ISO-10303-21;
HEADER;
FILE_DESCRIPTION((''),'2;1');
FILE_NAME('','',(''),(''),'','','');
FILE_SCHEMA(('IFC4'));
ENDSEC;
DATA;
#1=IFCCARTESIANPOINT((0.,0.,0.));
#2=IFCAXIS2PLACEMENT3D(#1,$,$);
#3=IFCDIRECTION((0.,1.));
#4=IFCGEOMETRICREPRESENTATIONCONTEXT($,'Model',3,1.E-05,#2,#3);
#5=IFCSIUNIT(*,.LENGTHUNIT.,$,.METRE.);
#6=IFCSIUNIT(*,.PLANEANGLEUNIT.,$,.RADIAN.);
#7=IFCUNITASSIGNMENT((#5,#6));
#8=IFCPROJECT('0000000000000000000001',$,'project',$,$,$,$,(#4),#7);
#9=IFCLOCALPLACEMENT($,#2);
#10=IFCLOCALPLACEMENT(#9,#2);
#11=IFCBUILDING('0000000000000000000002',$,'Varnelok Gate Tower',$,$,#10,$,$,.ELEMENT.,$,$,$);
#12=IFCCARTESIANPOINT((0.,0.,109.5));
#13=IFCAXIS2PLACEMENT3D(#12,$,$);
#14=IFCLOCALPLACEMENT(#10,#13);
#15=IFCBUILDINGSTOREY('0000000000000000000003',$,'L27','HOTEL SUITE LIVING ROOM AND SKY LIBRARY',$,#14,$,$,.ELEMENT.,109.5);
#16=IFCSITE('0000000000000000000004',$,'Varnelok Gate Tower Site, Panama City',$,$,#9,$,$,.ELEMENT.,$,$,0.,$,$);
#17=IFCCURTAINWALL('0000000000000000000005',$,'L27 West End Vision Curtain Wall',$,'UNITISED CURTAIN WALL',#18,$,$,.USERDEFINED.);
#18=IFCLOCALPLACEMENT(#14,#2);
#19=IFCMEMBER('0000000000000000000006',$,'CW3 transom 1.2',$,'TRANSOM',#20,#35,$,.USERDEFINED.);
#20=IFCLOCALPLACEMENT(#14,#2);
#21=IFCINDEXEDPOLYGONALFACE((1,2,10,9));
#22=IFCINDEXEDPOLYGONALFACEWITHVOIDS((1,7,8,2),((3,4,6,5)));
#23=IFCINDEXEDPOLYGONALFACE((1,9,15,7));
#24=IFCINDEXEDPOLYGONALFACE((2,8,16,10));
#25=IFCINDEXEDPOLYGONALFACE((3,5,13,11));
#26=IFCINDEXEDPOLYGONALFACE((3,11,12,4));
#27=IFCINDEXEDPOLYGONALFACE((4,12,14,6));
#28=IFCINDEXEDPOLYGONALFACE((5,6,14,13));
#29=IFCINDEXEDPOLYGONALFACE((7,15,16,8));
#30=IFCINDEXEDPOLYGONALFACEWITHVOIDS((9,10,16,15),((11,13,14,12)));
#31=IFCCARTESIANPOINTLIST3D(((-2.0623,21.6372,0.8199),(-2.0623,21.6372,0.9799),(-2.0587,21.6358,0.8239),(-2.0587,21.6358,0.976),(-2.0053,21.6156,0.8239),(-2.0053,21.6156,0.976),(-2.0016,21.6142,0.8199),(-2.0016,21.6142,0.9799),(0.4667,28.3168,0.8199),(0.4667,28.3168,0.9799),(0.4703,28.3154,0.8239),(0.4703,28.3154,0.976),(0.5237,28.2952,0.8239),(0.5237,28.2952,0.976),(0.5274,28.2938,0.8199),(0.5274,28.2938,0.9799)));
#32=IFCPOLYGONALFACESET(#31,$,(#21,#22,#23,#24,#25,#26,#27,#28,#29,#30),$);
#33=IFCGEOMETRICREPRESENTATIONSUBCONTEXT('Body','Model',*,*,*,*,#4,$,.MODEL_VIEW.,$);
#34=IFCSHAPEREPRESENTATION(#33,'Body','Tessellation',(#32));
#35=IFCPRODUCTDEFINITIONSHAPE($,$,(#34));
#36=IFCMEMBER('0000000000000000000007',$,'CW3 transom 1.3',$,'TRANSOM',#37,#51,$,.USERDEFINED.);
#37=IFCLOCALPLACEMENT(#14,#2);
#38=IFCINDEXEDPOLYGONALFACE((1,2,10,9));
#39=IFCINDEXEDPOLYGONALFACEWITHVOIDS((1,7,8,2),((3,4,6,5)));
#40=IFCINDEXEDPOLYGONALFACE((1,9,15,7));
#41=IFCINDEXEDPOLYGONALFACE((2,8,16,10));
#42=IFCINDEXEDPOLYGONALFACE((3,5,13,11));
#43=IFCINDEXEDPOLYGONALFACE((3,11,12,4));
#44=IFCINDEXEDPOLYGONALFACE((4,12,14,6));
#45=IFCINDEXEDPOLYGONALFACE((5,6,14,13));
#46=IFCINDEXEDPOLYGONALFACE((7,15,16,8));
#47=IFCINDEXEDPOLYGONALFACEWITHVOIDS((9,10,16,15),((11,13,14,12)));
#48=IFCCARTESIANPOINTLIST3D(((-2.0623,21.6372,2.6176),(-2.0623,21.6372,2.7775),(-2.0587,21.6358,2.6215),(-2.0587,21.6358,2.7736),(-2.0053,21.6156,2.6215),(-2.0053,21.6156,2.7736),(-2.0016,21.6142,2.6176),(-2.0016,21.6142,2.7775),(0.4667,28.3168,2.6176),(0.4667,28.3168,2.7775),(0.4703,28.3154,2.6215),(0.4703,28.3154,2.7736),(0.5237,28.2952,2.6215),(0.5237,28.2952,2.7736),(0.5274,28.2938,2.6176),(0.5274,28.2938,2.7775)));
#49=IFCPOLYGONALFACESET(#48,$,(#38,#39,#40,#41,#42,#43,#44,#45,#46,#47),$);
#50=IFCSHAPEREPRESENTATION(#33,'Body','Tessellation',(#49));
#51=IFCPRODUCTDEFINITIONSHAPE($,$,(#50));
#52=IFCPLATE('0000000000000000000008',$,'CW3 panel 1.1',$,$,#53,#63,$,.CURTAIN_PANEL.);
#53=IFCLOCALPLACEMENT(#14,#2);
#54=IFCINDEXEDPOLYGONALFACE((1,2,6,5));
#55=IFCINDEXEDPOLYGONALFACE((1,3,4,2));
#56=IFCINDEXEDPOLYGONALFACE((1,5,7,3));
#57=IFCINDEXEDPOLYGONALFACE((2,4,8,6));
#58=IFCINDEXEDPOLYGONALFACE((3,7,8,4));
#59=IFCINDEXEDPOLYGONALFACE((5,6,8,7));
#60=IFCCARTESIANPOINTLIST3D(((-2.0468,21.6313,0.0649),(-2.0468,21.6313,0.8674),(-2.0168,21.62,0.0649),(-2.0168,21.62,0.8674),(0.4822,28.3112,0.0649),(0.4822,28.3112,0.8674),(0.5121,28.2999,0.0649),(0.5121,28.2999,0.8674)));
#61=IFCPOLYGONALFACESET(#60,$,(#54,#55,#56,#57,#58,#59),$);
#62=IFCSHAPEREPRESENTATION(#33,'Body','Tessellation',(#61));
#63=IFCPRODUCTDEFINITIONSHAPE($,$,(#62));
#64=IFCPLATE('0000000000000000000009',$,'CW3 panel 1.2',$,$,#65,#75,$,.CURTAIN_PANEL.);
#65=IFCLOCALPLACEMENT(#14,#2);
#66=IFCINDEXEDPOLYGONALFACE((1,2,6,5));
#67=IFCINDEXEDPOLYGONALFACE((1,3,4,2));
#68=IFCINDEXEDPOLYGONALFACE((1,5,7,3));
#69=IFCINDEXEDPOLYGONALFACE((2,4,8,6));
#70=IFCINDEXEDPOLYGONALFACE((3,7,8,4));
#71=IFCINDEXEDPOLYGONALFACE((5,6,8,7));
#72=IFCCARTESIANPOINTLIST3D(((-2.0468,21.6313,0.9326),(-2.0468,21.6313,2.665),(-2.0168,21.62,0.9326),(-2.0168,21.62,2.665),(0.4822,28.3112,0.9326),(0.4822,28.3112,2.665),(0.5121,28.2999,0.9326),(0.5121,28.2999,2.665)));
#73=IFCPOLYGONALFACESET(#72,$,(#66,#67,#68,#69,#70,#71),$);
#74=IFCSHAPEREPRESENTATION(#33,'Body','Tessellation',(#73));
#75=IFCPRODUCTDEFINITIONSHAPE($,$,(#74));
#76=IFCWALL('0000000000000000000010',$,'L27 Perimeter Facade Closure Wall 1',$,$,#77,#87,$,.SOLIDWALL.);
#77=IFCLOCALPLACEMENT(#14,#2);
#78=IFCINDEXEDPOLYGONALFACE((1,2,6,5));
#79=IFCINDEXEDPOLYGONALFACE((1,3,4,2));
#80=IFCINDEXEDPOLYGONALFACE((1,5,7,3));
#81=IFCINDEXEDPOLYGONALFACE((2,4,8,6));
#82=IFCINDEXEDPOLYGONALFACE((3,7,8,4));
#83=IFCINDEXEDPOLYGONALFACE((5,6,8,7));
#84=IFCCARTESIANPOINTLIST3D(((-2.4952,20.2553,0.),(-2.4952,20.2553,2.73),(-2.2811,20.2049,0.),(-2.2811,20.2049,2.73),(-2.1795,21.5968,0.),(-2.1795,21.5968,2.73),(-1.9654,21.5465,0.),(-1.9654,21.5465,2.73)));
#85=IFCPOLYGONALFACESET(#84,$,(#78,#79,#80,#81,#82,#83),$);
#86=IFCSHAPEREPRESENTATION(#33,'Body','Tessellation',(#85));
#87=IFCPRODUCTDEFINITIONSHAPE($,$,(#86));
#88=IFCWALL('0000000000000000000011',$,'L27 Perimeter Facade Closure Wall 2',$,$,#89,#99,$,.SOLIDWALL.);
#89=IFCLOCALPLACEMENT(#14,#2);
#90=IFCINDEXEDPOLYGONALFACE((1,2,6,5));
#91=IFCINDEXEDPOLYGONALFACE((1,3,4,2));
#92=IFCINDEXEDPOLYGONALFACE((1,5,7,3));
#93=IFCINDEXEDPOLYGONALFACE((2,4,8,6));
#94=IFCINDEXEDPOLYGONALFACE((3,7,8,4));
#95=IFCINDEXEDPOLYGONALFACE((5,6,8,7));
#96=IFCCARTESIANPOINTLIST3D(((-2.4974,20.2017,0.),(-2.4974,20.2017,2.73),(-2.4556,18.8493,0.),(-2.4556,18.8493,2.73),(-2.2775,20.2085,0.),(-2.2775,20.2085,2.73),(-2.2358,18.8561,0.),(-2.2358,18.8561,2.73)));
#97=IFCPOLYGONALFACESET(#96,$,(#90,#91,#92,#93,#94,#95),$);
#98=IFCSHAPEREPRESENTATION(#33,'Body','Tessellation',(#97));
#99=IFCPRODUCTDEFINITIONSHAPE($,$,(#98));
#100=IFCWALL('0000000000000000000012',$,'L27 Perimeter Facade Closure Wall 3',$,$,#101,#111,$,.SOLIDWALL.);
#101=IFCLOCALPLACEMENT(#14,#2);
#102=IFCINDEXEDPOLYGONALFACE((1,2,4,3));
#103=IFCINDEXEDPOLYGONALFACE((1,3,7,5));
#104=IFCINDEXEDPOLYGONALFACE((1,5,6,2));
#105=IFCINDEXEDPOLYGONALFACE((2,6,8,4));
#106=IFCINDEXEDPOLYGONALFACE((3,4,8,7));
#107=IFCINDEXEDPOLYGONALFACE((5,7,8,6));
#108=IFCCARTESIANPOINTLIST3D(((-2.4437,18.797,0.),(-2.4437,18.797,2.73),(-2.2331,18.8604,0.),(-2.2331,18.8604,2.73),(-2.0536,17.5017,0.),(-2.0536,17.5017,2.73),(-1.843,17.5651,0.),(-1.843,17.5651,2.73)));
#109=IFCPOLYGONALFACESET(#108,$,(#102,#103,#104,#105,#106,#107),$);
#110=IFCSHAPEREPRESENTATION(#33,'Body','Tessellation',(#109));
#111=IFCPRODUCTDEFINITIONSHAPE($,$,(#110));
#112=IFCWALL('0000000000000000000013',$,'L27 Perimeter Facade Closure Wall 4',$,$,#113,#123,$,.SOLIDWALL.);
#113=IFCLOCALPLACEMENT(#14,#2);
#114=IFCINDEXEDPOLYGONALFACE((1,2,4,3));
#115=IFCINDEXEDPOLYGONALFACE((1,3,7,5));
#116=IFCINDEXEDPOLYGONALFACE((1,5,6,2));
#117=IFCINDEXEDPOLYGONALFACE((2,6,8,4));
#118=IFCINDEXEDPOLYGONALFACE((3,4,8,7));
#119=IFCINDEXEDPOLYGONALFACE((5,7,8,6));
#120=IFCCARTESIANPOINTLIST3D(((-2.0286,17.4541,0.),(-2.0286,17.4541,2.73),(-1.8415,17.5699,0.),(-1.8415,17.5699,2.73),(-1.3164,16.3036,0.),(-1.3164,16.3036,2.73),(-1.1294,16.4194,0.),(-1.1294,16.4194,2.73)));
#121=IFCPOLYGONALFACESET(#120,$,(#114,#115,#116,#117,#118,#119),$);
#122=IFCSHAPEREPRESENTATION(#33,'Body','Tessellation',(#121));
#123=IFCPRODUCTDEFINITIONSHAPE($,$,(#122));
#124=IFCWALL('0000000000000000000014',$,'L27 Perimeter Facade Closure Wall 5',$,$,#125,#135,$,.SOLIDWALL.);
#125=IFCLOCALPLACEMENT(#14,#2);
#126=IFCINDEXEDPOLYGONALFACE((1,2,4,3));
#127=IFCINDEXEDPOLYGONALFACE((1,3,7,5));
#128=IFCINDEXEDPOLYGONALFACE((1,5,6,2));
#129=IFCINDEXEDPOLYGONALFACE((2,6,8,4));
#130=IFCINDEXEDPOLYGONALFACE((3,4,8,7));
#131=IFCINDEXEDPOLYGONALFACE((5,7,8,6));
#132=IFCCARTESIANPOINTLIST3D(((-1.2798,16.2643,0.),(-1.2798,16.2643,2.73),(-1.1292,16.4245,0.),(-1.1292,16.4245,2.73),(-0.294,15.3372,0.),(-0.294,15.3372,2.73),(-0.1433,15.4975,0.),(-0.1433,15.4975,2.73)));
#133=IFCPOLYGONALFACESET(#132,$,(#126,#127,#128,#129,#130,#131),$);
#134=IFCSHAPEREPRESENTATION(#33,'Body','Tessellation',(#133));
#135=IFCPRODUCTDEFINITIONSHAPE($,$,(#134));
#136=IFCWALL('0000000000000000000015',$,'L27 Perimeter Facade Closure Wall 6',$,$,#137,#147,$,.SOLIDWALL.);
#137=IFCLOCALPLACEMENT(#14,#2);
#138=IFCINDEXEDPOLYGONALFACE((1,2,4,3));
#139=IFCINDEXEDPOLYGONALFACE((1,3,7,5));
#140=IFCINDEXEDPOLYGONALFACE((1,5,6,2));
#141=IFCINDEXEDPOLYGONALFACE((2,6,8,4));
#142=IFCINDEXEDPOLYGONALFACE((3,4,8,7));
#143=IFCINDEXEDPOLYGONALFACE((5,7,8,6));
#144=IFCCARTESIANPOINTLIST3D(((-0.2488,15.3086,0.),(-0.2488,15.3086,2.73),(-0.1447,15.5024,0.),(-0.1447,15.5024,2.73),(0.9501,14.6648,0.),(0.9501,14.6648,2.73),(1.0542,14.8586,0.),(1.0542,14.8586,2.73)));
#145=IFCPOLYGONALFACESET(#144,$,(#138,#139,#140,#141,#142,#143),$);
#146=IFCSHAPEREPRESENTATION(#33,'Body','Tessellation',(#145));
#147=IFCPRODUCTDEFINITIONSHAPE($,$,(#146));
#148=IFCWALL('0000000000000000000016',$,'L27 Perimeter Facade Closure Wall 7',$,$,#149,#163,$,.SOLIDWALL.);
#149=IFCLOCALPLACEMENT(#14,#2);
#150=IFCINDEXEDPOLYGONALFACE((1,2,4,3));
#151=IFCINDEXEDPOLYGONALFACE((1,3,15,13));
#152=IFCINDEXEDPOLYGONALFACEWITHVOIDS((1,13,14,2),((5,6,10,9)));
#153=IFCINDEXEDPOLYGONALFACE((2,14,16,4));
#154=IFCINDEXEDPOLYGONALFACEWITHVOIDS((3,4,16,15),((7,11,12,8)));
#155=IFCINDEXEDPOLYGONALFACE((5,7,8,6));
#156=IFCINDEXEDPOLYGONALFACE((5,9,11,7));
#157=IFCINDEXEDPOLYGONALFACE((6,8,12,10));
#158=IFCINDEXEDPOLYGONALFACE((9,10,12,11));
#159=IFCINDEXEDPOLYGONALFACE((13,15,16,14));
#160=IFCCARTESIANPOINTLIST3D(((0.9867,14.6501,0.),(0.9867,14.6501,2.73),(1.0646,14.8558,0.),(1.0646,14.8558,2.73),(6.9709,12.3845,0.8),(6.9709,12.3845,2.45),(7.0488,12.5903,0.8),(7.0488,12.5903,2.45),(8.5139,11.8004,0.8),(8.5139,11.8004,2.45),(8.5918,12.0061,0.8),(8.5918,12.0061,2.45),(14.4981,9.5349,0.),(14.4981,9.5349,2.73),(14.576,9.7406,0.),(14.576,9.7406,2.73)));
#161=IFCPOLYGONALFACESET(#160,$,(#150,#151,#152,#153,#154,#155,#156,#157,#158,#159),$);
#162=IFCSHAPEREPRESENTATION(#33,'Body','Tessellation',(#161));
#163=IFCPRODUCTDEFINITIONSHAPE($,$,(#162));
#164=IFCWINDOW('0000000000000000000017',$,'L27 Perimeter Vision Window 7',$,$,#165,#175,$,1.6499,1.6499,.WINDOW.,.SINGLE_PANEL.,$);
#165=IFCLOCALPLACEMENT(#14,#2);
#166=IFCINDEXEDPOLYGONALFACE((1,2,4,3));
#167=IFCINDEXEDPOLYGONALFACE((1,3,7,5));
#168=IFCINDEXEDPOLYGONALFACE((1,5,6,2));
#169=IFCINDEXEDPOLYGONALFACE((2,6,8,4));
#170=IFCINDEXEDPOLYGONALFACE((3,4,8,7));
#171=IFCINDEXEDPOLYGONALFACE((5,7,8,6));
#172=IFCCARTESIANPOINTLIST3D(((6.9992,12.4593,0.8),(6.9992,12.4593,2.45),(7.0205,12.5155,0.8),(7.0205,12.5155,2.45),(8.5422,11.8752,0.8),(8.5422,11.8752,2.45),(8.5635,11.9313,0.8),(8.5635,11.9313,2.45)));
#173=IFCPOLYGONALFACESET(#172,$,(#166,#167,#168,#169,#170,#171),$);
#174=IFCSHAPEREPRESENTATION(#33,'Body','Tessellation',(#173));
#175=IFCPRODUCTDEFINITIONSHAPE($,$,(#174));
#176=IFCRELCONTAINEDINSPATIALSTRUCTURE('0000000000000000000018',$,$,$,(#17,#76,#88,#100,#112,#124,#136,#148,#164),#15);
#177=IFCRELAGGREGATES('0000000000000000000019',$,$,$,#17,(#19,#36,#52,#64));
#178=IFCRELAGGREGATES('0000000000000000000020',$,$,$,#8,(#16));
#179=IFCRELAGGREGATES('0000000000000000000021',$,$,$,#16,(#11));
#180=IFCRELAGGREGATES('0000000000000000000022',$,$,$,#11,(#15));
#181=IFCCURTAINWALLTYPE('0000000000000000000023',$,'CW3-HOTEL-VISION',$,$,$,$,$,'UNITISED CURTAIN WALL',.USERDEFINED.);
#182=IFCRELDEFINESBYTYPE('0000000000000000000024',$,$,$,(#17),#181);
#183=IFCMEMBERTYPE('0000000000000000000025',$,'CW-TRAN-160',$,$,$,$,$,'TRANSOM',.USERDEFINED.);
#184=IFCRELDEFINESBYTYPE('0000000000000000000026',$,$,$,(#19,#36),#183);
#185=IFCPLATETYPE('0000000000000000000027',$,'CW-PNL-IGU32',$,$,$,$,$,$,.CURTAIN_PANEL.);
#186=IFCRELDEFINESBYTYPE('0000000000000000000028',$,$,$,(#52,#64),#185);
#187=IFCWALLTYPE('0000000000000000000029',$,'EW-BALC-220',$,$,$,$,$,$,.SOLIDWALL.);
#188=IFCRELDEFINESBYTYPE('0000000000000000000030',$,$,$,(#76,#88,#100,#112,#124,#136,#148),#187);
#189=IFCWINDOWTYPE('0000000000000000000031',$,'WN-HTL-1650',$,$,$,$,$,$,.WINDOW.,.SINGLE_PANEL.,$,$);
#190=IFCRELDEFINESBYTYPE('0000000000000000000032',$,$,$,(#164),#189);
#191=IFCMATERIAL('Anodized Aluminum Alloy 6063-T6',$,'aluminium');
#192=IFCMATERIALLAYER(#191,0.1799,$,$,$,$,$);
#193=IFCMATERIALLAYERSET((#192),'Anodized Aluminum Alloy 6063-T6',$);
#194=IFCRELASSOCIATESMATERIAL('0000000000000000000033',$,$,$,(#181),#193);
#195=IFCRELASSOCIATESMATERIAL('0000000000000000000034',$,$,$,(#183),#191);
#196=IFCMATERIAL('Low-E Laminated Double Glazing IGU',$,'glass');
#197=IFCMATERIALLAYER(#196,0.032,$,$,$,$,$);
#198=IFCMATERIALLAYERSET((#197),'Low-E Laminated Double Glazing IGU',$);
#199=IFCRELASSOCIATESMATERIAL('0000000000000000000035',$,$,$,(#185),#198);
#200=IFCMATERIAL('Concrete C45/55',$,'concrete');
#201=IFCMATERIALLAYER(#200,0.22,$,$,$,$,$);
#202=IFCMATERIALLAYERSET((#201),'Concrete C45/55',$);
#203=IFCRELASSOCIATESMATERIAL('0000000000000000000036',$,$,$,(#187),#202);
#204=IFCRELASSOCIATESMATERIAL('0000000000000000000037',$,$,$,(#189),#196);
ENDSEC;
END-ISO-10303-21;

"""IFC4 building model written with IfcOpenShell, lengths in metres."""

from ifc_helpers import new_model, si_unit, direction, frame, frame_2d, origin, origin_2d, place, context, subcontext, project, spatial, rectangle, hollow_rectangle, extrude, source, transform, mapped, material, layer, layer_set, material_profile, profile_set, type_object, element, fill, aggregate, save


model = new_model("IFC4")

# Units and contexts
model_context = context("Model", 3, precision=1e-05, world=origin(), true_north=direction((0.0, 1.0)))
body_context = subcontext(model_context, "Body", "Model", "MODEL_VIEW")
ifc_project = project(units=[si_unit("LENGTHUNIT", "METRE"), si_unit("PLANEANGLEUNIT", "RADIAN")], contexts=[model_context])

# Site, building, storey
site_placement = place(None, origin())
site = spatial("IfcSite", under=ifc_project, at=site_placement, Name="Varnelok Gate Tower Site, Panama City", CompositionType="ELEMENT", RefElevation=0.0)
building_placement = place(site_placement, origin())
building = spatial("IfcBuilding", under=site, at=building_placement, Name="Varnelok Gate Tower", CompositionType="ELEMENT")
storey_placement = place(building_placement, frame((0.0, 0.0, 109.5)))
storey = spatial("IfcBuildingStorey", under=building, at=storey_placement, Name="L27", Description="HOTEL SUITE LIVING ROOM AND SKY LIBRARY", CompositionType="ELEMENT", Elevation=109.5)

# Curtain wall, members, plates
ifc_material_1 = material(Name="Anodized Aluminum Alloy 6063-T6", Category="aluminium")
ifc_layer_1 = layer(ifc_material_1, 0.1799)
ifc_layer_set_1 = layer_set([ifc_layer_1], Name="Anodized Aluminum Alloy 6063-T6")
curtain_wall_type = type_object("IfcCurtainWallType", Name="CW3-HOTEL-VISION", ElementType="UNITISED CURTAIN WALL", PredefinedType="USERDEFINED", material=ifc_layer_set_1)
curtain_wall_placement = place(storey_placement, origin())
curtain_wall = element("IfcCurtainWall", 1, at=curtain_wall_placement, inside=storey, type_object=curtain_wall_type, Name="L27 West End Vision Curtain Wall", ObjectType="UNITISED CURTAIN WALL", PredefinedType="USERDEFINED")
ifc_material_profile_1 = material_profile(ifc_material_1, hollow_rectangle(XDim=0.0649, YDim=0.1599, WallThickness=0.0039, at=origin_2d()), Name="ALU160X65X4")
ifc_profile_set_1 = profile_set([ifc_material_profile_1], Name="Anodized Aluminum Alloy 6063-T6")
member_type_1 = type_object("IfcMemberType", Name="CW-TRAN-160", ElementType="TRANSOM", PredefinedType="USERDEFINED", material=ifc_profile_set_1)
member_1_placement = place(storey_placement, frame((-2.032, 21.6257, 0.8999), z_axis=(0.354088, 0.935212, 0.0), x_axis=(-0.935212, 0.354088, 0.0)))
member_1 = element("IfcMember", 2, at=member_1_placement, type_object=member_type_1, Name="CW3 transom 1.2", ObjectType="TRANSOM", PredefinedType="USERDEFINED", context=body_context, shape_type="SweptSolid", body=[
    extrude(hollow_rectangle(XDim=0.0649, YDim=0.1599, WallThickness=0.0039, at=origin_2d()), origin(), (0.0, 0.0, 1.0), 7.1423),
])
member_2_placement = place(storey_placement, frame((-2.032, 21.6257, 2.6975), z_axis=(0.354088, 0.935212, 0.0), x_axis=(-0.935212, 0.354088, 0.0)))
member_2 = element("IfcMember", 3, at=member_2_placement, type_object=member_type_1, Name="CW3 transom 1.3", ObjectType="TRANSOM", PredefinedType="USERDEFINED", context=body_context, shape_type="SweptSolid", body=[
    extrude(hollow_rectangle(XDim=0.0649, YDim=0.1599, WallThickness=0.0039, at=origin_2d()), origin(), (0.0, 0.0, 1.0), 7.1423),
])
ifc_material_2 = material(Name="Low-E Laminated Double Glazing IGU", Category="glass")
ifc_layer_2 = layer(ifc_material_2, 0.032)
ifc_layer_set_2 = layer_set([ifc_layer_2], Name="Low-E Laminated Double Glazing IGU")
plate_type = type_object("IfcPlateType", Name="CW-PNL-IGU32", PredefinedType="CURTAIN_PANEL", material=ifc_layer_set_2)
shared_shape_1 = source(origin(), body_context, "Body", "SweptSolid", [
    extrude(rectangle(XDim=7.1426, YDim=0.032, at=origin_2d()), origin(), (0.0, 0.0, 1.0), 0.8025),
])
plate_1_placement = place(storey_placement, frame((-0.7673, 24.9656, 0.0649), z_axis=(0.0, 0.0, 1.0), x_axis=(0.354064, 0.935221, 0.0)))
plate_1 = element("IfcPlate", 4, at=plate_1_placement, type_object=plate_type, Name="CW3 panel 1.1", PredefinedType="CURTAIN_PANEL", context=body_context, shape_type="MappedRepresentation", body=[
    mapped(shared_shape_1, transform((0.0, 0.0, 0.0), scale=1.0)),
])
shared_shape_2 = source(origin(), body_context, "Body", "SweptSolid", [
    extrude(rectangle(XDim=7.1426, YDim=0.032, at=origin_2d()), origin(), (0.0, 0.0, 1.0), 1.7324),
])
plate_2_placement = place(storey_placement, frame((-0.7673, 24.9656, 0.9326), z_axis=(0.0, 0.0, 1.0), x_axis=(0.354064, 0.935221, 0.0)))
plate_2 = element("IfcPlate", 5, at=plate_2_placement, type_object=plate_type, Name="CW3 panel 1.2", PredefinedType="CURTAIN_PANEL", context=body_context, shape_type="MappedRepresentation", body=[
    mapped(shared_shape_2, transform((0.0, 0.0, 0.0), scale=1.0)),
])
aggregate(curtain_wall, [member_1, member_2, plate_1, plate_2])

# Walls
ifc_material_3 = material(Name="Concrete C45/55", Category="concrete")
ifc_layer_3 = layer(ifc_material_3, 0.22)
ifc_layer_set_3 = layer_set([ifc_layer_3], Name="Concrete C45/55")
wall_type_1 = type_object("IfcWallType", Name="EW-BALC-220", PredefinedType="SOLIDWALL", material=ifc_layer_set_3)
wall_1_placement = place(storey_placement, frame((-2.0725, 21.5715, 0.0), z_axis=(0.0, 0.0, 1.0), x_axis=(-0.229049, -0.973415, 0.0)))
element("IfcWall", 6, at=wall_1_placement, inside=storey, type_object=wall_type_1, Name="L27 Perimeter Facade Closure Wall 1", PredefinedType="SOLIDWALL", context=body_context, shape_type="SweptSolid", body=[
    extrude(rectangle(XDim=1.3782, YDim=0.22, at=frame_2d((0.689, 0.0))), origin(), (0.0, 0.0, 1.0), 2.73),
])
wall_2_placement = place(storey_placement, frame((-2.3875, 20.2051, 0.0), z_axis=(0.0, 0.0, 1.0), x_axis=(0.030857, -0.999524, 0.0)))
element("IfcWall", 7, at=wall_2_placement, inside=storey, type_object=wall_type_1, Name="L27 Perimeter Facade Closure Wall 2", PredefinedType="SOLIDWALL", context=body_context, shape_type="SweptSolid", body=[
    extrude(rectangle(XDim=1.353, YDim=0.22, at=frame_2d((0.6765, 0.0))), origin(), (0.0, 0.0, 1.0), 2.73),
])
wall_3_placement = place(storey_placement, frame((-2.3384, 18.8286, 0.0), z_axis=(0.0, 0.0, 1.0), x_axis=(0.288374, -0.957518, 0.0)))
element("IfcWall", 8, at=wall_3_placement, inside=storey, type_object=wall_type_1, Name="L27 Perimeter Facade Closure Wall 3", PredefinedType="SOLIDWALL", context=body_context, shape_type="SweptSolid", body=[
    extrude(rectangle(XDim=1.3528, YDim=0.22, at=frame_2d((0.6763, 0.0))), origin(), (0.0, 0.0, 1.0), 2.73),
])
wall_4_placement = place(storey_placement, frame((-1.9351, 17.512, 0.0), z_axis=(0.0, 0.0, 1.0), x_axis=(0.526361, -0.850261, 0.0)))
element("IfcWall", 9, at=wall_4_placement, inside=storey, type_object=wall_type_1, Name="L27 Perimeter Facade Closure Wall 4", PredefinedType="SOLIDWALL", context=body_context, shape_type="SweptSolid", body=[
    extrude(rectangle(XDim=1.353, YDim=0.22, at=frame_2d((0.6765, 0.0))), origin(), (0.0, 0.0, 1.0), 2.73),
])
wall_5_placement = place(storey_placement, frame((-1.2046, 16.3445, 0.0), z_axis=(0.0, 0.0, 1.0), x_axis=(0.728512, -0.685033, 0.0)))
element("IfcWall", 10, at=wall_5_placement, inside=storey, type_object=wall_type_1, Name="L27 Perimeter Facade Closure Wall 5", PredefinedType="SOLIDWALL", context=body_context, shape_type="SweptSolid", body=[
    extrude(rectangle(XDim=1.3533, YDim=0.22, at=frame_2d((0.6768, 0.0))), origin(), (0.0, 0.0, 1.0), 2.73),
])
wall_6_placement = place(storey_placement, frame((-0.1968, 15.4055, 0.0), z_axis=(0.0, 0.0, 1.0), x_axis=(0.881024, -0.473072, 0.0)))
element("IfcWall", 11, at=wall_6_placement, inside=storey, type_object=wall_type_1, Name="L27 Perimeter Facade Closure Wall 6", PredefinedType="SOLIDWALL", context=body_context, shape_type="SweptSolid", body=[
    extrude(rectangle(XDim=1.3608, YDim=0.22, at=frame_2d((0.6804, 0.0))), origin(), (0.0, 0.0, 1.0), 2.73),
])

# Wall, opening, window
wall_7_placement = place(storey_placement, frame((1.0256, 14.7529, 0.0), z_axis=(0.0, 0.0, 1.0), x_axis=(0.935222, -0.354061, 0.0)))
wall_7 = element("IfcWall", 12, at=wall_7_placement, inside=storey, type_object=wall_type_1, Name="L27 Perimeter Facade Closure Wall 7", PredefinedType="SOLIDWALL", context=body_context, shape_type="SweptSolid", body=[
    extrude(rectangle(XDim=14.4473, YDim=0.22, at=frame_2d((7.2236, 0.0))), origin(), (0.0, 0.0, 1.0), 2.73),
])
opening_1_placement = place(wall_7_placement, frame((6.3987, 0.0, 0.8)))
opening_1 = element("IfcOpeningElement", 13, at=opening_1_placement, cuts=wall_7, PredefinedType="OPENING", context=body_context, shape_type="SweptSolid", body=[
    extrude(rectangle(XDim=1.6499, YDim=1.6499, at=frame_2d((0.825, 0.825))), frame((0.0, 0.1199, 0.0), z_axis=(0.0, -1.0, 0.0), x_axis=(1.0, 0.0, 0.0)), (0.0, 0.0, 1.0), 0.24),
])
window_type = type_object("IfcWindowType", Name="WN-HTL-1650", PartitioningType="SINGLE_PANEL", PredefinedType="WINDOW", material=ifc_material_2)
window_placement = place(opening_1_placement, origin())
window = element("IfcWindow", 14, at=window_placement, inside=storey, type_object=window_type, Name="L27 Perimeter Vision Window 7", OverallHeight=1.6499, OverallWidth=1.6499, PartitioningType="SINGLE_PANEL", PredefinedType="WINDOW", context=body_context, shape_type="SweptSolid", body=[
    extrude(rectangle(XDim=1.6499, YDim=1.6499, at=frame_2d((0.825, 0.825))), frame((0.0, 0.03, 0.0), z_axis=(0.0, -1.0, 0.0), x_axis=(1.0, 0.0, 0.0)), (0.0, 0.0, 1.0), 0.0601),
])
fill(opening_1, window)

save(model, "model.ifc")
